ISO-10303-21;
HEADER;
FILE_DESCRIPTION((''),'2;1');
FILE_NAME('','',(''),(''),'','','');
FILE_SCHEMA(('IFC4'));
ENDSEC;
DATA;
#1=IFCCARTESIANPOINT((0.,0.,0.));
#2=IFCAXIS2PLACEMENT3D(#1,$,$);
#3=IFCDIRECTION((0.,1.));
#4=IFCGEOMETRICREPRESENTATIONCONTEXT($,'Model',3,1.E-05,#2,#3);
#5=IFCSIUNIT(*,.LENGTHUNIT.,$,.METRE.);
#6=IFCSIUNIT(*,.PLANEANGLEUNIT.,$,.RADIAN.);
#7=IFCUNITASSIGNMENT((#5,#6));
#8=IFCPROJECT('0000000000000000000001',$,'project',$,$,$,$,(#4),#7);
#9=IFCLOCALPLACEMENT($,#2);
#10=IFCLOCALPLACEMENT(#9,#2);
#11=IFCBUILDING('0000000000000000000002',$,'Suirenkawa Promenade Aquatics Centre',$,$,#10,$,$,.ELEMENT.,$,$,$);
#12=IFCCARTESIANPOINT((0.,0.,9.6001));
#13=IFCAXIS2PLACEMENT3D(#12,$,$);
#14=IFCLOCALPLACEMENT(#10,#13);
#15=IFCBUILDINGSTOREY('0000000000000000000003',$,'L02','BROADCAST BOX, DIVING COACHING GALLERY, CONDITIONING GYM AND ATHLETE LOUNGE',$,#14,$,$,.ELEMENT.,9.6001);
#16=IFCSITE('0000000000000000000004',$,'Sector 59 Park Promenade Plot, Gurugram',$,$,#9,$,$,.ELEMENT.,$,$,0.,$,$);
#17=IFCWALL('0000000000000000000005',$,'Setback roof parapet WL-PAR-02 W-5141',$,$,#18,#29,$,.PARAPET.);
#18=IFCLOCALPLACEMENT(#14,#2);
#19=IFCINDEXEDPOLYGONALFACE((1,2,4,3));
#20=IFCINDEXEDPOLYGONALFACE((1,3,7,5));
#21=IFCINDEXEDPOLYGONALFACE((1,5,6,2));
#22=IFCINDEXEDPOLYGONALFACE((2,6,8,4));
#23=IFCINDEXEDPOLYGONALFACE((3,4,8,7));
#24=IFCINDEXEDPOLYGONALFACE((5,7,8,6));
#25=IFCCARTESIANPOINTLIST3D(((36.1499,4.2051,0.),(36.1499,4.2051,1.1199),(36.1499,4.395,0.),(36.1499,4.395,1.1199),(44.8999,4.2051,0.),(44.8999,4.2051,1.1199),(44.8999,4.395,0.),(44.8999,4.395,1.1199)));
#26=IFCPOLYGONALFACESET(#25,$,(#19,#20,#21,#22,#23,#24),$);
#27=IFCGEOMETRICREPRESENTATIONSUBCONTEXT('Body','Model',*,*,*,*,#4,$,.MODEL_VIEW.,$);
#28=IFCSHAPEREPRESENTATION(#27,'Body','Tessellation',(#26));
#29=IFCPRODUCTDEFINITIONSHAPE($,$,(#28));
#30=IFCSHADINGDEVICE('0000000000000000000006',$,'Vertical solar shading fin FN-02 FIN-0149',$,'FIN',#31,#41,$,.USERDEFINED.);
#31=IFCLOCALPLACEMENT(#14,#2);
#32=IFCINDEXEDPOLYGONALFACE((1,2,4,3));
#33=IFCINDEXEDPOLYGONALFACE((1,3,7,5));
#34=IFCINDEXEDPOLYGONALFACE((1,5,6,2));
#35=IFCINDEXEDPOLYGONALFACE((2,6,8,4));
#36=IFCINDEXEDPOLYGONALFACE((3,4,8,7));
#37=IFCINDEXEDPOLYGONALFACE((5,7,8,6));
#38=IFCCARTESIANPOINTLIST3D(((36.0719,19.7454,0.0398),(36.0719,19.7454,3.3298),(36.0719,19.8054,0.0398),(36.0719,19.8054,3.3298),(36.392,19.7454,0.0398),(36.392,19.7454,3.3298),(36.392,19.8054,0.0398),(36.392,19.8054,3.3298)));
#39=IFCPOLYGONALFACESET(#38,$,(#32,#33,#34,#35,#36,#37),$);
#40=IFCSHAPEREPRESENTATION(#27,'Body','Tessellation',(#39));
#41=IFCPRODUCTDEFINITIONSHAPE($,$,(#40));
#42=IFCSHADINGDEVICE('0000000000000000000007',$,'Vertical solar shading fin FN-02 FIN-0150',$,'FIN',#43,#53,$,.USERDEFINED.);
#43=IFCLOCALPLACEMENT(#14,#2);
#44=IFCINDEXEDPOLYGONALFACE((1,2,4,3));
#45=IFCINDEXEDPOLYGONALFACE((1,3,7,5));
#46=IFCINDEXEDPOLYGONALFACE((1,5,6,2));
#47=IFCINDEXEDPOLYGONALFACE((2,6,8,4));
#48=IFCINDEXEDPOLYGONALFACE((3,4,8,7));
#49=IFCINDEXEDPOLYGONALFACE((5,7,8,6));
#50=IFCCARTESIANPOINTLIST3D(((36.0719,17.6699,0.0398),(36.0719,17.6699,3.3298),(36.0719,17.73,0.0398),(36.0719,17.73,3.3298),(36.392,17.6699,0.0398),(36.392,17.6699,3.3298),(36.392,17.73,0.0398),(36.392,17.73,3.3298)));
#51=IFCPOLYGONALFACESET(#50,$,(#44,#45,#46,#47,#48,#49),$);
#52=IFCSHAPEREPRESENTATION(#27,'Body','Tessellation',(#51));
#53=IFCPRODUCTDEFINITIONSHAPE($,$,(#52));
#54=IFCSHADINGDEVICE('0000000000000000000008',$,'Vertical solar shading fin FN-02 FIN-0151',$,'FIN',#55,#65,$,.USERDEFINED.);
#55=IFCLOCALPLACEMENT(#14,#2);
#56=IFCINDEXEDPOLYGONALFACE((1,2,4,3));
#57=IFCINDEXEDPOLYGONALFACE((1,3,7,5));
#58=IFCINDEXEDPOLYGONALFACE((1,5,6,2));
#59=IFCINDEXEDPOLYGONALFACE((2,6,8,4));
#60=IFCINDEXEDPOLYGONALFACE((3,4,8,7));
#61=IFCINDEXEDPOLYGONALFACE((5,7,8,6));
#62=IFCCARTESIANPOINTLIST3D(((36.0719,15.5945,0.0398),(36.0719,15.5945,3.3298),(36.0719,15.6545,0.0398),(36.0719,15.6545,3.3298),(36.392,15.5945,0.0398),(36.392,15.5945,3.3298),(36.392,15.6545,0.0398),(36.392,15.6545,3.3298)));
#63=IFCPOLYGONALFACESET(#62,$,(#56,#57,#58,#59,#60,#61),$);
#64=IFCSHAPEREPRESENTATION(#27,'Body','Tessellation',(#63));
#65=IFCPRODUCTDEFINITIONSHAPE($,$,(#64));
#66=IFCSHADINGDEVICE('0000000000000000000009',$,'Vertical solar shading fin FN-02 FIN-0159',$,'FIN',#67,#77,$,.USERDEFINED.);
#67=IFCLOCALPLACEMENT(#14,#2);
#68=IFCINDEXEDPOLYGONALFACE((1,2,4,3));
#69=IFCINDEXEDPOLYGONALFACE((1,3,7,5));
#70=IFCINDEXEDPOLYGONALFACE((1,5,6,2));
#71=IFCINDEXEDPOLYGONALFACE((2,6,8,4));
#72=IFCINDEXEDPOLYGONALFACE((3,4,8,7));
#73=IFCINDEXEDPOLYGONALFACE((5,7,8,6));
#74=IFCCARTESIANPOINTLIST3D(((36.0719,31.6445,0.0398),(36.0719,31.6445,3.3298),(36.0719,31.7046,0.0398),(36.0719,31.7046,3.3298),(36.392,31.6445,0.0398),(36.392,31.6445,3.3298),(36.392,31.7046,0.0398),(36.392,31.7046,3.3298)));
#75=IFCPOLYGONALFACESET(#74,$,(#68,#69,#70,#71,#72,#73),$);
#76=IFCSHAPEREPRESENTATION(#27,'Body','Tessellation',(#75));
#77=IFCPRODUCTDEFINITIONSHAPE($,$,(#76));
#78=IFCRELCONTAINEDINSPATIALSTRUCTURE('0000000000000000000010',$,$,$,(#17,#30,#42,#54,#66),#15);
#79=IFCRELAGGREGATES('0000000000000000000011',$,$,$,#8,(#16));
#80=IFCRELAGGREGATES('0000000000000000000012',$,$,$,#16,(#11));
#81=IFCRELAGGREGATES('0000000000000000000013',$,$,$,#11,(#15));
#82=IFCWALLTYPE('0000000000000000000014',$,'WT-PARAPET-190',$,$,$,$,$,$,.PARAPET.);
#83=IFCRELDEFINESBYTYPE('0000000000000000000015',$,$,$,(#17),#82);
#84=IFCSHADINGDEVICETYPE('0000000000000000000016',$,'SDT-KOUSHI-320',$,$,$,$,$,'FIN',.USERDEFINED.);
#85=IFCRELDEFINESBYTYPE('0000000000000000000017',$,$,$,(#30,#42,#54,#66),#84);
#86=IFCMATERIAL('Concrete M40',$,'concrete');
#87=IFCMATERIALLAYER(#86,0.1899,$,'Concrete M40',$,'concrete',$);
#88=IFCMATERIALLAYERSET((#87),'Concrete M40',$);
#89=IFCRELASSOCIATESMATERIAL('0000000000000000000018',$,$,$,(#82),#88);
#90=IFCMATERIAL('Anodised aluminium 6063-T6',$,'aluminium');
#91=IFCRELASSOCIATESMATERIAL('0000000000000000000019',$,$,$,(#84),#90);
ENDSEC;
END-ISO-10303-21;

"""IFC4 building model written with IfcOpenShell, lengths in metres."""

from ifc_helpers import new_model, si_unit, direction, frame, frame_2d, origin, origin_2d, place, context, subcontext, project, spatial, rectangle, extrude, material, layer, layer_set, type_object, element, save


model = new_model("IFC4")

# Units and contexts
model_context = context("Model", 3, precision=1e-05, world=origin(), true_north=direction((0.0, 1.0)))
body_context = subcontext(model_context, "Body", "Model", "MODEL_VIEW")
ifc_project = project(units=[si_unit("LENGTHUNIT", "METRE"), si_unit("PLANEANGLEUNIT", "RADIAN")], contexts=[model_context])

# Site, building, storey
site_placement = place(None, origin())
site = spatial("IfcSite", under=ifc_project, at=site_placement, Name="Sector 59 Park Promenade Plot, Gurugram", CompositionType="ELEMENT", RefElevation=0.0)
building_placement = place(site_placement, origin())
building = spatial("IfcBuilding", under=site, at=building_placement, Name="Suirenkawa Promenade Aquatics Centre", CompositionType="ELEMENT")
storey_placement = place(building_placement, frame((0.0, 0.0, 9.6001)))
storey = spatial("IfcBuildingStorey", under=building, at=storey_placement, Name="L02", Description="BROADCAST BOX, DIVING COACHING GALLERY, CONDITIONING GYM AND ATHLETE LOUNGE", CompositionType="ELEMENT", Elevation=9.6001)

# Shared definitions
ifc_material_1 = material(Name="Concrete M40", Category="concrete")

# Shared definitions
ifc_material_2 = material(Name="Anodised aluminium 6063-T6", Category="aluminium")

# Wall
ifc_layer_1 = layer(ifc_material_1, 0.1899, Name="Concrete M40", Category="concrete")
ifc_layer_set_1 = layer_set([ifc_layer_1], Name="Concrete M40")
wall_type_1 = type_object("IfcWallType", Name="WT-PARAPET-190", PredefinedType="PARAPET", material=ifc_layer_set_1)
wall_1_placement = place(storey_placement, frame((36.1499, 4.3, 0.0), z_axis=(0.0, 0.0, 1.0), x_axis=(1.0, 0.0, 0.0)))
element("IfcWall", 1, at=wall_1_placement, inside=storey, type_object=wall_type_1, Name="Setback roof parapet WL-PAR-02 W-5141", PredefinedType="PARAPET", context=body_context, shape_type="SweptSolid", body=[
    extrude(rectangle(XDim=8.75, YDim=0.1899, at=frame_2d((4.375, 0.0))), origin(), (0.0, 0.0, 1.0), 1.1199),
])

# Shading devices
shading_device_type = type_object("IfcShadingDeviceType", Name="SDT-KOUSHI-320", ElementType="FIN", PredefinedType="USERDEFINED", material=ifc_material_2)
for number, where, z_axis, x_axis, name in (
    (2, (36.2319, 19.7754, 0.0398), (0.0, 0.0, 1.0), (1.0, 0.0, 0.0), "Vertical solar shading fin FN-02 FIN-0149"),
    (3, (36.2319, 17.7, 0.0398), (0.0, 0.0, 1.0), (1.0, 0.0, 0.0), "Vertical solar shading fin FN-02 FIN-0150"),
    (4, (36.2319, 15.6245, 0.0398), (0.0, 0.0, 1.0), (1.0, 0.0, 0.0), "Vertical solar shading fin FN-02 FIN-0151"),
    (5, (36.2319, 31.6746, 0.0398), (0.0, 0.0, 1.0), (1.0, 0.0, 0.0), "Vertical solar shading fin FN-02 FIN-0159"),
):
    element("IfcShadingDevice", number, at=place(storey_placement, frame(where, z_axis=z_axis, x_axis=x_axis)), inside=storey, type_object=shading_device_type, Name=name, ObjectType="FIN", PredefinedType="USERDEFINED", context=body_context, shape_type="SweptSolid", body=[
        extrude(rectangle(XDim=0.3201, YDim=0.0601, at=origin_2d()), origin(), (0.0, 0.0, 1.0), 3.29),
    ])

save(model, "model.ifc")
